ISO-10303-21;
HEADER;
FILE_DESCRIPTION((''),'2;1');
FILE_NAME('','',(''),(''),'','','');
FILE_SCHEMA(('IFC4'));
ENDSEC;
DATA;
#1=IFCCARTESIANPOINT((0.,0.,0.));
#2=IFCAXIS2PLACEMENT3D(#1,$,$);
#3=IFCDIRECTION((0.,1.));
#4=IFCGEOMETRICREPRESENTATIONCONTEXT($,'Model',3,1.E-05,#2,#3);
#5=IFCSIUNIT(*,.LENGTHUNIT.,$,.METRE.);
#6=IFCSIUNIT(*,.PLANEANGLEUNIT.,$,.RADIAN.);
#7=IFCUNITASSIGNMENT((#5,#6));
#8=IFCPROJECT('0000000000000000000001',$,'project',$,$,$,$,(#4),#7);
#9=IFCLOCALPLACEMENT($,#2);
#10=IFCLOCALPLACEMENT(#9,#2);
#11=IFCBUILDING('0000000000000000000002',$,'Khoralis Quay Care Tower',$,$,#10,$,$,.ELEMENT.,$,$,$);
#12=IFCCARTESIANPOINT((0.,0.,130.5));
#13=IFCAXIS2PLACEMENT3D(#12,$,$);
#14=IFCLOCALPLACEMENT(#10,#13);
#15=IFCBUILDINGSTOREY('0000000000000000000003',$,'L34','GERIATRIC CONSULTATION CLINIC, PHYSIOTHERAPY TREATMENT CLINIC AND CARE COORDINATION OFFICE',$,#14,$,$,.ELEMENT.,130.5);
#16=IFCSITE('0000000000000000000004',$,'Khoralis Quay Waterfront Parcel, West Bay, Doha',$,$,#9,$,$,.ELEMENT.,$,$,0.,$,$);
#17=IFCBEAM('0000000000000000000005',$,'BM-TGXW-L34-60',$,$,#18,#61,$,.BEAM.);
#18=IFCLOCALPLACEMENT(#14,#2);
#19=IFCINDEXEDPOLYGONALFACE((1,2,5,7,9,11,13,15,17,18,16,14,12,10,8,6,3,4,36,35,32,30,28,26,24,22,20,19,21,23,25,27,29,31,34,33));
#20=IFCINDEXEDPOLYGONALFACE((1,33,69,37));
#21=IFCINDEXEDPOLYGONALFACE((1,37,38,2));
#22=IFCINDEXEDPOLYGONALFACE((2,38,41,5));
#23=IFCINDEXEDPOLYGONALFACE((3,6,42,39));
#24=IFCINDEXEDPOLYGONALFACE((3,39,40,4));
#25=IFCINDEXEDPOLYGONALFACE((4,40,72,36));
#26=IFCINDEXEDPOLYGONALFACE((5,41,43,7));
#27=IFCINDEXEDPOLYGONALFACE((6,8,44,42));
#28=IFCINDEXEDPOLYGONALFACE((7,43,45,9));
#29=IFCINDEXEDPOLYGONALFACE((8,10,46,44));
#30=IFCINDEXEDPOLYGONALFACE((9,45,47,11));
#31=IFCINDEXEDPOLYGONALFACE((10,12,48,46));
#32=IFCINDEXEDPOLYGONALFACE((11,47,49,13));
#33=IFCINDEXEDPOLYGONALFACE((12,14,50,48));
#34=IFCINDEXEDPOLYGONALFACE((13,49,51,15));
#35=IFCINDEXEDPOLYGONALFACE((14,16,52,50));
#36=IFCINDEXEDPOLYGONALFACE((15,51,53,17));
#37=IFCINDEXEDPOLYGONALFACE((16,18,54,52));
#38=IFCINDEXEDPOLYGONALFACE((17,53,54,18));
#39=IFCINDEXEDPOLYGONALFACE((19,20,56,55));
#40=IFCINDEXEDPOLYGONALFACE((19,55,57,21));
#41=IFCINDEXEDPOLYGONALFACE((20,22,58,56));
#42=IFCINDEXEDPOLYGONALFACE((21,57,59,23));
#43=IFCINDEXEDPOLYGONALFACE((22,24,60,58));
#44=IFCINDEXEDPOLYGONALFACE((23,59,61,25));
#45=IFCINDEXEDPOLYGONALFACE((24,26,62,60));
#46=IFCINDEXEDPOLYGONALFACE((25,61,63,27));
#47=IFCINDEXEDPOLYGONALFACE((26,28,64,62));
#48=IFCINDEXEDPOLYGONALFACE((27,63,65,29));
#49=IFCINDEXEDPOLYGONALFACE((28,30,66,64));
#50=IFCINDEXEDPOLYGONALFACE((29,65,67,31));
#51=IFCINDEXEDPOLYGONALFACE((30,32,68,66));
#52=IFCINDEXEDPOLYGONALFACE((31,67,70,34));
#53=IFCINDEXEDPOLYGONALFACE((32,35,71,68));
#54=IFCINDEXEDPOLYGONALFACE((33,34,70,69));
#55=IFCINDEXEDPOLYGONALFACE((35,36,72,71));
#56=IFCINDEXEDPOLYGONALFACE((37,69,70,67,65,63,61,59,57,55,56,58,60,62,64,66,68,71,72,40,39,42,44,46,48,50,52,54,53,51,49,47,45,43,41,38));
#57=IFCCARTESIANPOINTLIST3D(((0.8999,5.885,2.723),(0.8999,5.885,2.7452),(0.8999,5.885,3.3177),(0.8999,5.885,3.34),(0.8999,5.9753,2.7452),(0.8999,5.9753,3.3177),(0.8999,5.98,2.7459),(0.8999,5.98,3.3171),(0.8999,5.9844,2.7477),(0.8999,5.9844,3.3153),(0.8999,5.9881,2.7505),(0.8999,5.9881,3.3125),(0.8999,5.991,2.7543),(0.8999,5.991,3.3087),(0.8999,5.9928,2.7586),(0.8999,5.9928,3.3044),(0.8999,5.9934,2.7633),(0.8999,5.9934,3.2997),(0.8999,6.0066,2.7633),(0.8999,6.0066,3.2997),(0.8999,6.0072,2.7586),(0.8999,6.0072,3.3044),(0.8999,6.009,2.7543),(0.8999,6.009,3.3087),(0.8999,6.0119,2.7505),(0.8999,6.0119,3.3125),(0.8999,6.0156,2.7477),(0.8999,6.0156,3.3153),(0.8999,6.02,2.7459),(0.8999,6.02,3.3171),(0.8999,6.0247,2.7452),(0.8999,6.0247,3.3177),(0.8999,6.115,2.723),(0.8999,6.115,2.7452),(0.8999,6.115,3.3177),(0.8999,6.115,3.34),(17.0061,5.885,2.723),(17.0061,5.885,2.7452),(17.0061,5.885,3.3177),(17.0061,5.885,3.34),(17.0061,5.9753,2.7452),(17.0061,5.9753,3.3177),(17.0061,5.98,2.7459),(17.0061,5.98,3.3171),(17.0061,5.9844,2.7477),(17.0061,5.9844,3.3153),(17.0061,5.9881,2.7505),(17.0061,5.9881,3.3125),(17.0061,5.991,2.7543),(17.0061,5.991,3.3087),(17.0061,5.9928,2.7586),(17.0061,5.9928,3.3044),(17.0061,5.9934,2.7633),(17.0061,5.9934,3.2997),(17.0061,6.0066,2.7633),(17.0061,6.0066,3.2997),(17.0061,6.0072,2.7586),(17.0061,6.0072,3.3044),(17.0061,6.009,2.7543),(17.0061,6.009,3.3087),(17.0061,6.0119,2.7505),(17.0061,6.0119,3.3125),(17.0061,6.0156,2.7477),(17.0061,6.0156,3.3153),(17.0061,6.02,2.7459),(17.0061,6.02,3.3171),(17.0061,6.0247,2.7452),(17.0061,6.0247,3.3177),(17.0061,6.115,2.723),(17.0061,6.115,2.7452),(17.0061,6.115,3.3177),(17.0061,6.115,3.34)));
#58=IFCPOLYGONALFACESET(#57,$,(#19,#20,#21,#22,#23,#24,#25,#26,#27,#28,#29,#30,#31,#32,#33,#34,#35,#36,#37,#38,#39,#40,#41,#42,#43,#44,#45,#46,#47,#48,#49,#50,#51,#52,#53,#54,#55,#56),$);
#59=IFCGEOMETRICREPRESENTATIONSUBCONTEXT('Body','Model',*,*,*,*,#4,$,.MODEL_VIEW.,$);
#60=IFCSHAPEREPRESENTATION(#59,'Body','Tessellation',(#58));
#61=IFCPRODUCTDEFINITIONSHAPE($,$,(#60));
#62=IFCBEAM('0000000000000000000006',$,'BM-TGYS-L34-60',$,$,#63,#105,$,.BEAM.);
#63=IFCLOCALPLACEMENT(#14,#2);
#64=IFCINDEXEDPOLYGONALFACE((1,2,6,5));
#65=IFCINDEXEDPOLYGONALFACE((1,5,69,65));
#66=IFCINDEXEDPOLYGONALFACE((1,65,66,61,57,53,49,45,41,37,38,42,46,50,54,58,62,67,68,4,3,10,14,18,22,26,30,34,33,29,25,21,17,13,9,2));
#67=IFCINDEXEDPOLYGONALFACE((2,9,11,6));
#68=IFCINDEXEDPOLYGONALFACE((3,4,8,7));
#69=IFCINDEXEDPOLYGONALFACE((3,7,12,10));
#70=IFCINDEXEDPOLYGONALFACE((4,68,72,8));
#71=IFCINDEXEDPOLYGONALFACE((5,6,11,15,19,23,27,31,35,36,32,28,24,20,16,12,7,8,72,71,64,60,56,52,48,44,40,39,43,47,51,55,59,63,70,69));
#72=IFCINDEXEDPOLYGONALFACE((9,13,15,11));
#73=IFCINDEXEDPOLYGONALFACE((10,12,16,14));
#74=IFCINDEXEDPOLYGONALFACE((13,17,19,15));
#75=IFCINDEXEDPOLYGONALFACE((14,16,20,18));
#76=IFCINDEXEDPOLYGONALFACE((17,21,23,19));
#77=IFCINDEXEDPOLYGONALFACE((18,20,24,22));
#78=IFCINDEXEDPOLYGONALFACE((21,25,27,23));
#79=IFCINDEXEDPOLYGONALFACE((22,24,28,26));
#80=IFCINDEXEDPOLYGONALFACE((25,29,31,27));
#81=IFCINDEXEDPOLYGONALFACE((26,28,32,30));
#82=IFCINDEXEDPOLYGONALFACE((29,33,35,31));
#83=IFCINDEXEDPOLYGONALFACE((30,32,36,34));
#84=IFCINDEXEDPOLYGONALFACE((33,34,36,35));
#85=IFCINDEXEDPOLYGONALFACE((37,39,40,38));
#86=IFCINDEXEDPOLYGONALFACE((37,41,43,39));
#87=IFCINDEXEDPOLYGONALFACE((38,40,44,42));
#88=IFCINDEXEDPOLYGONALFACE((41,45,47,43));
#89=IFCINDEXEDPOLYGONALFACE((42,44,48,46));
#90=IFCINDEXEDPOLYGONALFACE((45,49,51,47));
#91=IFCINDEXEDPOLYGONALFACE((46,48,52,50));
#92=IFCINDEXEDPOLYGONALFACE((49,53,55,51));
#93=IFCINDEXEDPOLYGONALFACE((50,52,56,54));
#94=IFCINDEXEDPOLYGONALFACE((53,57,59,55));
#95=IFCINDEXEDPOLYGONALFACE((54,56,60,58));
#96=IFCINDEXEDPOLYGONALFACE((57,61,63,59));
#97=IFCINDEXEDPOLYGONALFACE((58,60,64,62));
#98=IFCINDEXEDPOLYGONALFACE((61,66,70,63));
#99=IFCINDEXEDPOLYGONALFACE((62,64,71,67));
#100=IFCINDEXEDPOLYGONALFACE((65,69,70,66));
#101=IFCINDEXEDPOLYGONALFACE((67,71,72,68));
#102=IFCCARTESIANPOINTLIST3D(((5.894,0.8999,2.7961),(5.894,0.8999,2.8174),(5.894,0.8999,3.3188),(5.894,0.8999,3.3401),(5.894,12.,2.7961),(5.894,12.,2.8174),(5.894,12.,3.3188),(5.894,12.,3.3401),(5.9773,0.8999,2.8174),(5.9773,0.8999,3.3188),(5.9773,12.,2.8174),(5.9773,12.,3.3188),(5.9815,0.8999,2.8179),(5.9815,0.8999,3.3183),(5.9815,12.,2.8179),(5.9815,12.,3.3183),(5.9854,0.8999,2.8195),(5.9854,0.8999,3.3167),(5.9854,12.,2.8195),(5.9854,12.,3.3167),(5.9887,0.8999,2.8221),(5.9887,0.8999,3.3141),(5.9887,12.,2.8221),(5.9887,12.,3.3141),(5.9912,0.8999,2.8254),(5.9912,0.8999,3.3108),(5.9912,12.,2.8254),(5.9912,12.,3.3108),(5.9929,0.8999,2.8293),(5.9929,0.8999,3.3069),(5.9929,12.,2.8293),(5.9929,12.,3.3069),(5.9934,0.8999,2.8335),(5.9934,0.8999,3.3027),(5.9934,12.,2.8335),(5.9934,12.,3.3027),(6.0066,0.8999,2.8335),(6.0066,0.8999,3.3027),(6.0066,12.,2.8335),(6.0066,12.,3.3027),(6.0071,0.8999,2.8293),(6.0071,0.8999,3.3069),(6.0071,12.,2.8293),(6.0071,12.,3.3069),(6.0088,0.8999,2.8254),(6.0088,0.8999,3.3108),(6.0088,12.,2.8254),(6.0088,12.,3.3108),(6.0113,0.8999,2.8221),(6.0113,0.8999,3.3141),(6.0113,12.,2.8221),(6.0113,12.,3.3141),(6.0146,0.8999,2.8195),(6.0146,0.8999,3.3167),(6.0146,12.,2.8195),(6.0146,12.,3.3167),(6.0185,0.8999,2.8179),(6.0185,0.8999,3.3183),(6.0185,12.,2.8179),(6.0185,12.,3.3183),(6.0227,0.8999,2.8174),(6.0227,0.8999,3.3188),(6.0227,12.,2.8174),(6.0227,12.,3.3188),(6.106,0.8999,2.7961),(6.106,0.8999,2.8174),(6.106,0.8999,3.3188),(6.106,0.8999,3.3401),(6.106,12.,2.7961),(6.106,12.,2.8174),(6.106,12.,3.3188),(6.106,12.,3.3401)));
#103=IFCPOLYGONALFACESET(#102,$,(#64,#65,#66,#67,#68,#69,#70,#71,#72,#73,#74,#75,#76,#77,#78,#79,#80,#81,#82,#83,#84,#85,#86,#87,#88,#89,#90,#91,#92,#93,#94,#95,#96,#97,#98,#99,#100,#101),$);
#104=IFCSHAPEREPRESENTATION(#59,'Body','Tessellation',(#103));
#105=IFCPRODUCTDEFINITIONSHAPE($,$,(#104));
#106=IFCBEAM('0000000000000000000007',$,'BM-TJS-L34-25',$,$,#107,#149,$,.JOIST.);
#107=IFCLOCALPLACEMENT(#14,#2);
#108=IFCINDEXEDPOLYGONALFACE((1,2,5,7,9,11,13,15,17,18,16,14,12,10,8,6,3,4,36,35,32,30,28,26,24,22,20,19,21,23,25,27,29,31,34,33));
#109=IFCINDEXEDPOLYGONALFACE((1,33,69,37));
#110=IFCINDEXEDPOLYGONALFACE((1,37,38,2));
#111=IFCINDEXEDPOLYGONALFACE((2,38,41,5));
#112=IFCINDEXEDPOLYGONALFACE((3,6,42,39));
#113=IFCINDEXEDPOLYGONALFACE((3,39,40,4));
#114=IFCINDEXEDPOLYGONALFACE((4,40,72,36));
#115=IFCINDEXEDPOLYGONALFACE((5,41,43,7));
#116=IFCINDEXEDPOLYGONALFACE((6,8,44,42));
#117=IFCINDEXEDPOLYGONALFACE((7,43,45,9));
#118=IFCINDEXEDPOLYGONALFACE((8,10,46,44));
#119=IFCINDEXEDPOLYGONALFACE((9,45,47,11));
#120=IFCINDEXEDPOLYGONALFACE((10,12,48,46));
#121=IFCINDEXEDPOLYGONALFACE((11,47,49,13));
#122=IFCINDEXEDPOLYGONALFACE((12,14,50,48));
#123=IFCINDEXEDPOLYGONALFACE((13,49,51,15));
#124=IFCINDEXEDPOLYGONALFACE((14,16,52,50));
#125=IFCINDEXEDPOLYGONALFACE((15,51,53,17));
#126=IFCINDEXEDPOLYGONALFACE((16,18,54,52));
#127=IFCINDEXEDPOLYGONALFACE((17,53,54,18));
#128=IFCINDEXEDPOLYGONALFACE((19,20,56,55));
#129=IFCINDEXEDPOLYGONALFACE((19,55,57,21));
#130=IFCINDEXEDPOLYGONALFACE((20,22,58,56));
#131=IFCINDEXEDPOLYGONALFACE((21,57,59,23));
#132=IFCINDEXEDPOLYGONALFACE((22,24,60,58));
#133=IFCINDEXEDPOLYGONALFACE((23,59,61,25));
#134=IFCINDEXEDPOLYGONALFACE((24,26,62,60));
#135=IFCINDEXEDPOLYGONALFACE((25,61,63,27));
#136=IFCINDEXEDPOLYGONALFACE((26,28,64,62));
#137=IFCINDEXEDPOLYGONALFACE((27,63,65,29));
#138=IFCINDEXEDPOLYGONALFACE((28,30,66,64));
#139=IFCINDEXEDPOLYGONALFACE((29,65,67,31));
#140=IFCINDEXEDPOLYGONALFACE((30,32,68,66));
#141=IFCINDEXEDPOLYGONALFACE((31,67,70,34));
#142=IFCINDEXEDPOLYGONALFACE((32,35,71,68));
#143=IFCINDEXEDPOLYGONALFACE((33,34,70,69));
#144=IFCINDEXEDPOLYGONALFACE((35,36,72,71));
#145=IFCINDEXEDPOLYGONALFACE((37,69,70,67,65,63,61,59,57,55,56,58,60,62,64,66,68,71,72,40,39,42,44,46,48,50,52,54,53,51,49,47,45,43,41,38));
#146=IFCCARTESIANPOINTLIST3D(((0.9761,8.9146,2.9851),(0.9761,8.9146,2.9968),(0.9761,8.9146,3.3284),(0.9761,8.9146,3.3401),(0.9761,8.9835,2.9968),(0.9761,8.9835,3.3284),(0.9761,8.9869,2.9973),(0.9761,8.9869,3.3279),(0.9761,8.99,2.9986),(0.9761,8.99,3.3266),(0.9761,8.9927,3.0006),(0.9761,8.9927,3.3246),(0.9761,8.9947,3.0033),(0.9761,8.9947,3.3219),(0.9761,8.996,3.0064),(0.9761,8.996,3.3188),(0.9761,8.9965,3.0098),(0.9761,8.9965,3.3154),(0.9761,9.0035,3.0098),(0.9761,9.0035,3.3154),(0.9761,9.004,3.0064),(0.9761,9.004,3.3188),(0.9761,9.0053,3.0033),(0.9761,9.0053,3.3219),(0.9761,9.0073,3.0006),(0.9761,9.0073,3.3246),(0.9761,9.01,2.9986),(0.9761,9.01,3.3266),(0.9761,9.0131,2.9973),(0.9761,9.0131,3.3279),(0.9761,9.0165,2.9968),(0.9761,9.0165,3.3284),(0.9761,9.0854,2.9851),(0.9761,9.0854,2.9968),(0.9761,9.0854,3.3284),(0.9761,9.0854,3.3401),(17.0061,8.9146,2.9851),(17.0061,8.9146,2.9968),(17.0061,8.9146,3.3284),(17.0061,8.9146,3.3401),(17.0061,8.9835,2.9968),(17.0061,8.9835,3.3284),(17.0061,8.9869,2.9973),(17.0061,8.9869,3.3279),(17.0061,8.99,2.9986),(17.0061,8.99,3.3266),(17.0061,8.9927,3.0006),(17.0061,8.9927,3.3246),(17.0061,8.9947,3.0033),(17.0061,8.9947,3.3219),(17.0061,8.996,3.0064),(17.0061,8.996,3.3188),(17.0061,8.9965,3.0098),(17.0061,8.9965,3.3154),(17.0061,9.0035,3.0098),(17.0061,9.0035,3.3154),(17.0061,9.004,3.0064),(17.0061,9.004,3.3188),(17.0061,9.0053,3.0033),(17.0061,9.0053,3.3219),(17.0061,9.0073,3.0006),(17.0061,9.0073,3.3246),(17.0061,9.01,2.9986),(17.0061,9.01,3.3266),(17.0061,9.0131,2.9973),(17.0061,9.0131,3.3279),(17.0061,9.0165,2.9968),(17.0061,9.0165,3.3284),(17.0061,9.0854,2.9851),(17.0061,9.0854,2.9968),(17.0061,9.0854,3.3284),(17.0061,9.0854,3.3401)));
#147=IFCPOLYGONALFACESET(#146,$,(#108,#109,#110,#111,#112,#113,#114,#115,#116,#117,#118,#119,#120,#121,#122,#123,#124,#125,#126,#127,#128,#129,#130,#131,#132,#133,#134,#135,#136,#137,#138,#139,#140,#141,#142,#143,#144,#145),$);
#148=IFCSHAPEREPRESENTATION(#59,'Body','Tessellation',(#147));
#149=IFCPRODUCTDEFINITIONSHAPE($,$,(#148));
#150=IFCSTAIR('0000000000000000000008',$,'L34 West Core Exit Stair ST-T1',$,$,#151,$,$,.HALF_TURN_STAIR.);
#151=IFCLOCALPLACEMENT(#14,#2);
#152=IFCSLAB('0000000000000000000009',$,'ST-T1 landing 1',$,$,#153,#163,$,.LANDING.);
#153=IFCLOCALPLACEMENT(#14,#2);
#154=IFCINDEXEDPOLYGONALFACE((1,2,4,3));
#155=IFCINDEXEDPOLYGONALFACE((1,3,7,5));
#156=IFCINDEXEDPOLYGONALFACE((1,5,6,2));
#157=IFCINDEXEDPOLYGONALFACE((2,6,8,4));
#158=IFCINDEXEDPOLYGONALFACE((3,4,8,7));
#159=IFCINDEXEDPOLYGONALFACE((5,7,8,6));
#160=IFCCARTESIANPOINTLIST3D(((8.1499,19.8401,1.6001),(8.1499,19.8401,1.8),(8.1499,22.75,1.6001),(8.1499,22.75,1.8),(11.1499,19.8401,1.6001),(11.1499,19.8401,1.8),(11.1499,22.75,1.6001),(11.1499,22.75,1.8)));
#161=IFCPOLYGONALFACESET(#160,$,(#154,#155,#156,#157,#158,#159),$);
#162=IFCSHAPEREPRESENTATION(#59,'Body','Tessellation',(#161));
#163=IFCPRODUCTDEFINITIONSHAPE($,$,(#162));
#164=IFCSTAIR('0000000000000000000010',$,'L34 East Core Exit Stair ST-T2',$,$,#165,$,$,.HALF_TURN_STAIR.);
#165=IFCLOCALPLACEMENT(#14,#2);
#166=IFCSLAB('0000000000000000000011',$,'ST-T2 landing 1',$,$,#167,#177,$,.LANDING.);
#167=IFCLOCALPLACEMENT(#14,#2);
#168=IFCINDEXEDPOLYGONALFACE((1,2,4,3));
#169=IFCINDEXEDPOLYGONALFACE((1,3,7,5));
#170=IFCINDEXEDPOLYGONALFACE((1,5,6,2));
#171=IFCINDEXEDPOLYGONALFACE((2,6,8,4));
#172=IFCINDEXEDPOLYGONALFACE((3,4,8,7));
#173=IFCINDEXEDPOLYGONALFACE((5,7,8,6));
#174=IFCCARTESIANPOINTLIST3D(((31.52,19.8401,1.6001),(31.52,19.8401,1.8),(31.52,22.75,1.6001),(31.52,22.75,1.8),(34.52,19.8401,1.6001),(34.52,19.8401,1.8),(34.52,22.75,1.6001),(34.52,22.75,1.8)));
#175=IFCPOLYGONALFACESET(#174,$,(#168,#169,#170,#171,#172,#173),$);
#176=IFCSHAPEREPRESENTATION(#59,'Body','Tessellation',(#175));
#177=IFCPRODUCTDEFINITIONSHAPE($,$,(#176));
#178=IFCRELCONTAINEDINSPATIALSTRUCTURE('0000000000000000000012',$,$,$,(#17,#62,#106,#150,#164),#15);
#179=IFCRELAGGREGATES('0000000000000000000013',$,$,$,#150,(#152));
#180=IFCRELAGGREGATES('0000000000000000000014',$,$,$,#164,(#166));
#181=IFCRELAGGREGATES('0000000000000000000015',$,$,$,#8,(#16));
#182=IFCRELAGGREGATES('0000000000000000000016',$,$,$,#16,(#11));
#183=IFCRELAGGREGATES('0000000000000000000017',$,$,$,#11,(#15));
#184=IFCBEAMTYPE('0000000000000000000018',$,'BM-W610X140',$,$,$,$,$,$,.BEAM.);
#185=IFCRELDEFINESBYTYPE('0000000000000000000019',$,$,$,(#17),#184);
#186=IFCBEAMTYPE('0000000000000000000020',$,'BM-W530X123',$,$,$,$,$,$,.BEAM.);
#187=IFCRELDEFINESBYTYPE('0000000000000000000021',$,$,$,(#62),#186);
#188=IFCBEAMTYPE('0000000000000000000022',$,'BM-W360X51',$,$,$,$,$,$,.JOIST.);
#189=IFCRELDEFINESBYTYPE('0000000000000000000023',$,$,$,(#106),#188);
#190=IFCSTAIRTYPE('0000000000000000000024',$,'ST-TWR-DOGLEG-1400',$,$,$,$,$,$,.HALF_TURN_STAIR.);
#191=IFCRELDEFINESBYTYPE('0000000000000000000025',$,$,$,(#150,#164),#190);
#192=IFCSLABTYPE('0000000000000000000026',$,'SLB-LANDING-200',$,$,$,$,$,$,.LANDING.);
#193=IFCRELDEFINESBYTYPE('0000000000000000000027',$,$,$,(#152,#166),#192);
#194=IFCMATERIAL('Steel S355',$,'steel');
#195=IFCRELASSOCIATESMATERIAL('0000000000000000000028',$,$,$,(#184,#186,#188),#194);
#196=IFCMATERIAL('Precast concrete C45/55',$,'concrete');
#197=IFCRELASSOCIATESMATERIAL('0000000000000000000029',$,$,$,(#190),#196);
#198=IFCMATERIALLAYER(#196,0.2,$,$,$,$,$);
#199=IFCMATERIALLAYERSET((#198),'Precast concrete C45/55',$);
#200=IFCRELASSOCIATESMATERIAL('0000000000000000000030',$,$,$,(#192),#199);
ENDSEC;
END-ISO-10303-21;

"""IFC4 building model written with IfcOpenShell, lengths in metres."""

from ifc_helpers import new_model, si_unit, direction, frame, origin, origin_2d, place, context, subcontext, project, spatial, polyline, i_section, outline, extrude, source, transform, mapped, material, layer, layer_set, material_profile, profile_set, type_object, element, aggregate, save


model = new_model("IFC4")

# Units and contexts
model_context = context("Model", 3, precision=1e-05, world=origin(), true_north=direction((0.0, 1.0)))
body_context = subcontext(model_context, "Body", "Model", "MODEL_VIEW")
ifc_project = project(units=[si_unit("LENGTHUNIT", "METRE"), si_unit("PLANEANGLEUNIT", "RADIAN")], contexts=[model_context])

# Site, building, storey
site_placement = place(None, origin())
site = spatial("IfcSite", under=ifc_project, at=site_placement, Name="Khoralis Quay Waterfront Parcel, West Bay, Doha", CompositionType="ELEMENT", RefElevation=0.0)
building_placement = place(site_placement, origin())
building = spatial("IfcBuilding", under=site, at=building_placement, Name="Khoralis Quay Care Tower", CompositionType="ELEMENT")
storey_placement = place(building_placement, frame((0.0, 0.0, 130.5)))
storey = spatial("IfcBuildingStorey", under=building, at=storey_placement, Name="L34", Description="GERIATRIC CONSULTATION CLINIC, PHYSIOTHERAPY TREATMENT CLINIC AND CARE COORDINATION OFFICE", CompositionType="ELEMENT", Elevation=130.5)

# Beams
ifc_material_1 = material(Name="Steel S355", Category="steel")
ifc_material_profile_1 = material_profile(ifc_material_1, i_section(OverallWidth=0.23, OverallDepth=0.6169, WebThickness=0.0132, FlangeThickness=0.0222, FilletRadius=0.0181, at=origin_2d()), Name="Steel S355")
ifc_profile_set_1 = profile_set([ifc_material_profile_1], Name="Steel S355")
beam_type_1 = type_object("IfcBeamType", Name="BM-W610X140", PredefinedType="BEAM", material=ifc_profile_set_1)
shared_shape_1 = source(origin(), body_context, "Body", "SweptSolid", [
    extrude(i_section(OverallWidth=0.23, OverallDepth=0.6169, WebThickness=0.0132, FlangeThickness=0.0222, FilletRadius=0.0181, at=origin_2d()), origin(), (0.0, 0.0, 1.0), 16.1062),
])
beam_1_placement = place(storey_placement, frame((0.8999, 6.0, 3.0315), z_axis=(1.0, 0.0, 0.0), x_axis=(0.0, 1.0, 0.0)))
element("IfcBeam", 1, at=beam_1_placement, inside=storey, type_object=beam_type_1, Name="BM-TGXW-L34-60", PredefinedType="BEAM", context=body_context, shape_type="MappedRepresentation", body=[
    mapped(shared_shape_1, transform((0.0, 0.0, 0.0), scale=1.0)),
])
ifc_material_profile_2 = material_profile(ifc_material_1, i_section(OverallWidth=0.2119, OverallDepth=0.5439, WebThickness=0.0132, FlangeThickness=0.0212, FilletRadius=0.0161, at=origin_2d()), Name="Steel S355")
ifc_profile_set_2 = profile_set([ifc_material_profile_2], Name="Steel S355")
beam_type_2 = type_object("IfcBeamType", Name="BM-W530X123", PredefinedType="BEAM", material=ifc_profile_set_2)
shared_shape_2 = source(origin(), body_context, "Body", "SweptSolid", [
    extrude(i_section(OverallWidth=0.2119, OverallDepth=0.5439, WebThickness=0.0132, FlangeThickness=0.0212, FilletRadius=0.0161, at=origin_2d()), origin(), (0.0, 0.0, 1.0), 11.1001),
])
beam_2_placement = place(storey_placement, frame((6.0, 0.8999, 3.0681), z_axis=(0.0, 1.0, 0.0), x_axis=(-1.0, 0.0, 0.0)))
element("IfcBeam", 2, at=beam_2_placement, inside=storey, type_object=beam_type_2, Name="BM-TGYS-L34-60", PredefinedType="BEAM", context=body_context, shape_type="MappedRepresentation", body=[
    mapped(shared_shape_2, transform((0.0, 0.0, 0.0), scale=1.0)),
])
ifc_material_profile_3 = material_profile(ifc_material_1, i_section(OverallWidth=0.1709, OverallDepth=0.355, WebThickness=0.0071, FlangeThickness=0.0117, FilletRadius=0.0129, at=origin_2d()), Name="Steel S355")
ifc_profile_set_3 = profile_set([ifc_material_profile_3], Name="Steel S355")
beam_type_3 = type_object("IfcBeamType", Name="BM-W360X51", PredefinedType="JOIST", material=ifc_profile_set_3)
shared_shape_3 = source(origin(), body_context, "Body", "SweptSolid", [
    extrude(i_section(OverallWidth=0.1709, OverallDepth=0.355, WebThickness=0.0071, FlangeThickness=0.0117, FilletRadius=0.0129, at=origin_2d()), origin(), (0.0, 0.0, 1.0), 16.03),
])
beam_3_placement = place(storey_placement, frame((0.9761, 9.0, 3.1626), z_axis=(1.0, 0.0, 0.0), x_axis=(0.0, 1.0, 0.0)))
element("IfcBeam", 3, at=beam_3_placement, inside=storey, type_object=beam_type_3, Name="BM-TJS-L34-25", PredefinedType="JOIST", context=body_context, shape_type="MappedRepresentation", body=[
    mapped(shared_shape_3, transform((0.0, 0.0, 0.0), scale=1.0)),
])

# Stairs, slabs
ifc_material_2 = material(Name="Precast concrete C45/55", Category="concrete")
stair_type = type_object("IfcStairType", Name="ST-TWR-DOGLEG-1400", PredefinedType="HALF_TURN_STAIR", material=ifc_material_2)
stair_1_placement = place(storey_placement, origin())
stair_1 = element("IfcStair", 4, at=stair_1_placement, inside=storey, type_object=stair_type, Name="L34 West Core Exit Stair ST-T1", PredefinedType="HALF_TURN_STAIR")
ifc_layer_1 = layer(ifc_material_2, 0.2)
ifc_layer_set_1 = layer_set([ifc_layer_1], Name="Precast concrete C45/55")
slab_type_1 = type_object("IfcSlabType", Name="SLB-LANDING-200", PredefinedType="LANDING", material=ifc_layer_set_1)
slab_1_placement = place(storey_placement, frame((0.0, 0.0, 1.6001)))
slab_1 = element("IfcSlab", 5, at=slab_1_placement, type_object=slab_type_1, Name="ST-T1 landing 1", PredefinedType="LANDING", context=body_context, shape_type="SweptSolid", body=[
    extrude(outline(polyline([(11.1499, 19.8401), (11.1499, 22.75), (8.1499, 22.75), (8.1499, 19.8401), (11.1499, 19.8401)])), origin(), (0.0, 0.0, 1.0), 0.2),
])
aggregate(stair_1, [slab_1])
stair_2_placement = place(storey_placement, origin())
stair_2 = element("IfcStair", 6, at=stair_2_placement, inside=storey, type_object=stair_type, Name="L34 East Core Exit Stair ST-T2", PredefinedType="HALF_TURN_STAIR")
slab_2_placement = place(storey_placement, frame((0.0, 0.0, 1.6001)))
slab_2 = element("IfcSlab", 7, at=slab_2_placement, type_object=slab_type_1, Name="ST-T2 landing 1", PredefinedType="LANDING", context=body_context, shape_type="SweptSolid", body=[
    extrude(outline(polyline([(34.52, 19.8401), (34.52, 22.75), (31.52, 22.75), (31.52, 19.8401), (34.52, 19.8401)])), origin(), (0.0, 0.0, 1.0), 0.2),
])
aggregate(stair_2, [slab_2])

save(model, "model.ifc")
